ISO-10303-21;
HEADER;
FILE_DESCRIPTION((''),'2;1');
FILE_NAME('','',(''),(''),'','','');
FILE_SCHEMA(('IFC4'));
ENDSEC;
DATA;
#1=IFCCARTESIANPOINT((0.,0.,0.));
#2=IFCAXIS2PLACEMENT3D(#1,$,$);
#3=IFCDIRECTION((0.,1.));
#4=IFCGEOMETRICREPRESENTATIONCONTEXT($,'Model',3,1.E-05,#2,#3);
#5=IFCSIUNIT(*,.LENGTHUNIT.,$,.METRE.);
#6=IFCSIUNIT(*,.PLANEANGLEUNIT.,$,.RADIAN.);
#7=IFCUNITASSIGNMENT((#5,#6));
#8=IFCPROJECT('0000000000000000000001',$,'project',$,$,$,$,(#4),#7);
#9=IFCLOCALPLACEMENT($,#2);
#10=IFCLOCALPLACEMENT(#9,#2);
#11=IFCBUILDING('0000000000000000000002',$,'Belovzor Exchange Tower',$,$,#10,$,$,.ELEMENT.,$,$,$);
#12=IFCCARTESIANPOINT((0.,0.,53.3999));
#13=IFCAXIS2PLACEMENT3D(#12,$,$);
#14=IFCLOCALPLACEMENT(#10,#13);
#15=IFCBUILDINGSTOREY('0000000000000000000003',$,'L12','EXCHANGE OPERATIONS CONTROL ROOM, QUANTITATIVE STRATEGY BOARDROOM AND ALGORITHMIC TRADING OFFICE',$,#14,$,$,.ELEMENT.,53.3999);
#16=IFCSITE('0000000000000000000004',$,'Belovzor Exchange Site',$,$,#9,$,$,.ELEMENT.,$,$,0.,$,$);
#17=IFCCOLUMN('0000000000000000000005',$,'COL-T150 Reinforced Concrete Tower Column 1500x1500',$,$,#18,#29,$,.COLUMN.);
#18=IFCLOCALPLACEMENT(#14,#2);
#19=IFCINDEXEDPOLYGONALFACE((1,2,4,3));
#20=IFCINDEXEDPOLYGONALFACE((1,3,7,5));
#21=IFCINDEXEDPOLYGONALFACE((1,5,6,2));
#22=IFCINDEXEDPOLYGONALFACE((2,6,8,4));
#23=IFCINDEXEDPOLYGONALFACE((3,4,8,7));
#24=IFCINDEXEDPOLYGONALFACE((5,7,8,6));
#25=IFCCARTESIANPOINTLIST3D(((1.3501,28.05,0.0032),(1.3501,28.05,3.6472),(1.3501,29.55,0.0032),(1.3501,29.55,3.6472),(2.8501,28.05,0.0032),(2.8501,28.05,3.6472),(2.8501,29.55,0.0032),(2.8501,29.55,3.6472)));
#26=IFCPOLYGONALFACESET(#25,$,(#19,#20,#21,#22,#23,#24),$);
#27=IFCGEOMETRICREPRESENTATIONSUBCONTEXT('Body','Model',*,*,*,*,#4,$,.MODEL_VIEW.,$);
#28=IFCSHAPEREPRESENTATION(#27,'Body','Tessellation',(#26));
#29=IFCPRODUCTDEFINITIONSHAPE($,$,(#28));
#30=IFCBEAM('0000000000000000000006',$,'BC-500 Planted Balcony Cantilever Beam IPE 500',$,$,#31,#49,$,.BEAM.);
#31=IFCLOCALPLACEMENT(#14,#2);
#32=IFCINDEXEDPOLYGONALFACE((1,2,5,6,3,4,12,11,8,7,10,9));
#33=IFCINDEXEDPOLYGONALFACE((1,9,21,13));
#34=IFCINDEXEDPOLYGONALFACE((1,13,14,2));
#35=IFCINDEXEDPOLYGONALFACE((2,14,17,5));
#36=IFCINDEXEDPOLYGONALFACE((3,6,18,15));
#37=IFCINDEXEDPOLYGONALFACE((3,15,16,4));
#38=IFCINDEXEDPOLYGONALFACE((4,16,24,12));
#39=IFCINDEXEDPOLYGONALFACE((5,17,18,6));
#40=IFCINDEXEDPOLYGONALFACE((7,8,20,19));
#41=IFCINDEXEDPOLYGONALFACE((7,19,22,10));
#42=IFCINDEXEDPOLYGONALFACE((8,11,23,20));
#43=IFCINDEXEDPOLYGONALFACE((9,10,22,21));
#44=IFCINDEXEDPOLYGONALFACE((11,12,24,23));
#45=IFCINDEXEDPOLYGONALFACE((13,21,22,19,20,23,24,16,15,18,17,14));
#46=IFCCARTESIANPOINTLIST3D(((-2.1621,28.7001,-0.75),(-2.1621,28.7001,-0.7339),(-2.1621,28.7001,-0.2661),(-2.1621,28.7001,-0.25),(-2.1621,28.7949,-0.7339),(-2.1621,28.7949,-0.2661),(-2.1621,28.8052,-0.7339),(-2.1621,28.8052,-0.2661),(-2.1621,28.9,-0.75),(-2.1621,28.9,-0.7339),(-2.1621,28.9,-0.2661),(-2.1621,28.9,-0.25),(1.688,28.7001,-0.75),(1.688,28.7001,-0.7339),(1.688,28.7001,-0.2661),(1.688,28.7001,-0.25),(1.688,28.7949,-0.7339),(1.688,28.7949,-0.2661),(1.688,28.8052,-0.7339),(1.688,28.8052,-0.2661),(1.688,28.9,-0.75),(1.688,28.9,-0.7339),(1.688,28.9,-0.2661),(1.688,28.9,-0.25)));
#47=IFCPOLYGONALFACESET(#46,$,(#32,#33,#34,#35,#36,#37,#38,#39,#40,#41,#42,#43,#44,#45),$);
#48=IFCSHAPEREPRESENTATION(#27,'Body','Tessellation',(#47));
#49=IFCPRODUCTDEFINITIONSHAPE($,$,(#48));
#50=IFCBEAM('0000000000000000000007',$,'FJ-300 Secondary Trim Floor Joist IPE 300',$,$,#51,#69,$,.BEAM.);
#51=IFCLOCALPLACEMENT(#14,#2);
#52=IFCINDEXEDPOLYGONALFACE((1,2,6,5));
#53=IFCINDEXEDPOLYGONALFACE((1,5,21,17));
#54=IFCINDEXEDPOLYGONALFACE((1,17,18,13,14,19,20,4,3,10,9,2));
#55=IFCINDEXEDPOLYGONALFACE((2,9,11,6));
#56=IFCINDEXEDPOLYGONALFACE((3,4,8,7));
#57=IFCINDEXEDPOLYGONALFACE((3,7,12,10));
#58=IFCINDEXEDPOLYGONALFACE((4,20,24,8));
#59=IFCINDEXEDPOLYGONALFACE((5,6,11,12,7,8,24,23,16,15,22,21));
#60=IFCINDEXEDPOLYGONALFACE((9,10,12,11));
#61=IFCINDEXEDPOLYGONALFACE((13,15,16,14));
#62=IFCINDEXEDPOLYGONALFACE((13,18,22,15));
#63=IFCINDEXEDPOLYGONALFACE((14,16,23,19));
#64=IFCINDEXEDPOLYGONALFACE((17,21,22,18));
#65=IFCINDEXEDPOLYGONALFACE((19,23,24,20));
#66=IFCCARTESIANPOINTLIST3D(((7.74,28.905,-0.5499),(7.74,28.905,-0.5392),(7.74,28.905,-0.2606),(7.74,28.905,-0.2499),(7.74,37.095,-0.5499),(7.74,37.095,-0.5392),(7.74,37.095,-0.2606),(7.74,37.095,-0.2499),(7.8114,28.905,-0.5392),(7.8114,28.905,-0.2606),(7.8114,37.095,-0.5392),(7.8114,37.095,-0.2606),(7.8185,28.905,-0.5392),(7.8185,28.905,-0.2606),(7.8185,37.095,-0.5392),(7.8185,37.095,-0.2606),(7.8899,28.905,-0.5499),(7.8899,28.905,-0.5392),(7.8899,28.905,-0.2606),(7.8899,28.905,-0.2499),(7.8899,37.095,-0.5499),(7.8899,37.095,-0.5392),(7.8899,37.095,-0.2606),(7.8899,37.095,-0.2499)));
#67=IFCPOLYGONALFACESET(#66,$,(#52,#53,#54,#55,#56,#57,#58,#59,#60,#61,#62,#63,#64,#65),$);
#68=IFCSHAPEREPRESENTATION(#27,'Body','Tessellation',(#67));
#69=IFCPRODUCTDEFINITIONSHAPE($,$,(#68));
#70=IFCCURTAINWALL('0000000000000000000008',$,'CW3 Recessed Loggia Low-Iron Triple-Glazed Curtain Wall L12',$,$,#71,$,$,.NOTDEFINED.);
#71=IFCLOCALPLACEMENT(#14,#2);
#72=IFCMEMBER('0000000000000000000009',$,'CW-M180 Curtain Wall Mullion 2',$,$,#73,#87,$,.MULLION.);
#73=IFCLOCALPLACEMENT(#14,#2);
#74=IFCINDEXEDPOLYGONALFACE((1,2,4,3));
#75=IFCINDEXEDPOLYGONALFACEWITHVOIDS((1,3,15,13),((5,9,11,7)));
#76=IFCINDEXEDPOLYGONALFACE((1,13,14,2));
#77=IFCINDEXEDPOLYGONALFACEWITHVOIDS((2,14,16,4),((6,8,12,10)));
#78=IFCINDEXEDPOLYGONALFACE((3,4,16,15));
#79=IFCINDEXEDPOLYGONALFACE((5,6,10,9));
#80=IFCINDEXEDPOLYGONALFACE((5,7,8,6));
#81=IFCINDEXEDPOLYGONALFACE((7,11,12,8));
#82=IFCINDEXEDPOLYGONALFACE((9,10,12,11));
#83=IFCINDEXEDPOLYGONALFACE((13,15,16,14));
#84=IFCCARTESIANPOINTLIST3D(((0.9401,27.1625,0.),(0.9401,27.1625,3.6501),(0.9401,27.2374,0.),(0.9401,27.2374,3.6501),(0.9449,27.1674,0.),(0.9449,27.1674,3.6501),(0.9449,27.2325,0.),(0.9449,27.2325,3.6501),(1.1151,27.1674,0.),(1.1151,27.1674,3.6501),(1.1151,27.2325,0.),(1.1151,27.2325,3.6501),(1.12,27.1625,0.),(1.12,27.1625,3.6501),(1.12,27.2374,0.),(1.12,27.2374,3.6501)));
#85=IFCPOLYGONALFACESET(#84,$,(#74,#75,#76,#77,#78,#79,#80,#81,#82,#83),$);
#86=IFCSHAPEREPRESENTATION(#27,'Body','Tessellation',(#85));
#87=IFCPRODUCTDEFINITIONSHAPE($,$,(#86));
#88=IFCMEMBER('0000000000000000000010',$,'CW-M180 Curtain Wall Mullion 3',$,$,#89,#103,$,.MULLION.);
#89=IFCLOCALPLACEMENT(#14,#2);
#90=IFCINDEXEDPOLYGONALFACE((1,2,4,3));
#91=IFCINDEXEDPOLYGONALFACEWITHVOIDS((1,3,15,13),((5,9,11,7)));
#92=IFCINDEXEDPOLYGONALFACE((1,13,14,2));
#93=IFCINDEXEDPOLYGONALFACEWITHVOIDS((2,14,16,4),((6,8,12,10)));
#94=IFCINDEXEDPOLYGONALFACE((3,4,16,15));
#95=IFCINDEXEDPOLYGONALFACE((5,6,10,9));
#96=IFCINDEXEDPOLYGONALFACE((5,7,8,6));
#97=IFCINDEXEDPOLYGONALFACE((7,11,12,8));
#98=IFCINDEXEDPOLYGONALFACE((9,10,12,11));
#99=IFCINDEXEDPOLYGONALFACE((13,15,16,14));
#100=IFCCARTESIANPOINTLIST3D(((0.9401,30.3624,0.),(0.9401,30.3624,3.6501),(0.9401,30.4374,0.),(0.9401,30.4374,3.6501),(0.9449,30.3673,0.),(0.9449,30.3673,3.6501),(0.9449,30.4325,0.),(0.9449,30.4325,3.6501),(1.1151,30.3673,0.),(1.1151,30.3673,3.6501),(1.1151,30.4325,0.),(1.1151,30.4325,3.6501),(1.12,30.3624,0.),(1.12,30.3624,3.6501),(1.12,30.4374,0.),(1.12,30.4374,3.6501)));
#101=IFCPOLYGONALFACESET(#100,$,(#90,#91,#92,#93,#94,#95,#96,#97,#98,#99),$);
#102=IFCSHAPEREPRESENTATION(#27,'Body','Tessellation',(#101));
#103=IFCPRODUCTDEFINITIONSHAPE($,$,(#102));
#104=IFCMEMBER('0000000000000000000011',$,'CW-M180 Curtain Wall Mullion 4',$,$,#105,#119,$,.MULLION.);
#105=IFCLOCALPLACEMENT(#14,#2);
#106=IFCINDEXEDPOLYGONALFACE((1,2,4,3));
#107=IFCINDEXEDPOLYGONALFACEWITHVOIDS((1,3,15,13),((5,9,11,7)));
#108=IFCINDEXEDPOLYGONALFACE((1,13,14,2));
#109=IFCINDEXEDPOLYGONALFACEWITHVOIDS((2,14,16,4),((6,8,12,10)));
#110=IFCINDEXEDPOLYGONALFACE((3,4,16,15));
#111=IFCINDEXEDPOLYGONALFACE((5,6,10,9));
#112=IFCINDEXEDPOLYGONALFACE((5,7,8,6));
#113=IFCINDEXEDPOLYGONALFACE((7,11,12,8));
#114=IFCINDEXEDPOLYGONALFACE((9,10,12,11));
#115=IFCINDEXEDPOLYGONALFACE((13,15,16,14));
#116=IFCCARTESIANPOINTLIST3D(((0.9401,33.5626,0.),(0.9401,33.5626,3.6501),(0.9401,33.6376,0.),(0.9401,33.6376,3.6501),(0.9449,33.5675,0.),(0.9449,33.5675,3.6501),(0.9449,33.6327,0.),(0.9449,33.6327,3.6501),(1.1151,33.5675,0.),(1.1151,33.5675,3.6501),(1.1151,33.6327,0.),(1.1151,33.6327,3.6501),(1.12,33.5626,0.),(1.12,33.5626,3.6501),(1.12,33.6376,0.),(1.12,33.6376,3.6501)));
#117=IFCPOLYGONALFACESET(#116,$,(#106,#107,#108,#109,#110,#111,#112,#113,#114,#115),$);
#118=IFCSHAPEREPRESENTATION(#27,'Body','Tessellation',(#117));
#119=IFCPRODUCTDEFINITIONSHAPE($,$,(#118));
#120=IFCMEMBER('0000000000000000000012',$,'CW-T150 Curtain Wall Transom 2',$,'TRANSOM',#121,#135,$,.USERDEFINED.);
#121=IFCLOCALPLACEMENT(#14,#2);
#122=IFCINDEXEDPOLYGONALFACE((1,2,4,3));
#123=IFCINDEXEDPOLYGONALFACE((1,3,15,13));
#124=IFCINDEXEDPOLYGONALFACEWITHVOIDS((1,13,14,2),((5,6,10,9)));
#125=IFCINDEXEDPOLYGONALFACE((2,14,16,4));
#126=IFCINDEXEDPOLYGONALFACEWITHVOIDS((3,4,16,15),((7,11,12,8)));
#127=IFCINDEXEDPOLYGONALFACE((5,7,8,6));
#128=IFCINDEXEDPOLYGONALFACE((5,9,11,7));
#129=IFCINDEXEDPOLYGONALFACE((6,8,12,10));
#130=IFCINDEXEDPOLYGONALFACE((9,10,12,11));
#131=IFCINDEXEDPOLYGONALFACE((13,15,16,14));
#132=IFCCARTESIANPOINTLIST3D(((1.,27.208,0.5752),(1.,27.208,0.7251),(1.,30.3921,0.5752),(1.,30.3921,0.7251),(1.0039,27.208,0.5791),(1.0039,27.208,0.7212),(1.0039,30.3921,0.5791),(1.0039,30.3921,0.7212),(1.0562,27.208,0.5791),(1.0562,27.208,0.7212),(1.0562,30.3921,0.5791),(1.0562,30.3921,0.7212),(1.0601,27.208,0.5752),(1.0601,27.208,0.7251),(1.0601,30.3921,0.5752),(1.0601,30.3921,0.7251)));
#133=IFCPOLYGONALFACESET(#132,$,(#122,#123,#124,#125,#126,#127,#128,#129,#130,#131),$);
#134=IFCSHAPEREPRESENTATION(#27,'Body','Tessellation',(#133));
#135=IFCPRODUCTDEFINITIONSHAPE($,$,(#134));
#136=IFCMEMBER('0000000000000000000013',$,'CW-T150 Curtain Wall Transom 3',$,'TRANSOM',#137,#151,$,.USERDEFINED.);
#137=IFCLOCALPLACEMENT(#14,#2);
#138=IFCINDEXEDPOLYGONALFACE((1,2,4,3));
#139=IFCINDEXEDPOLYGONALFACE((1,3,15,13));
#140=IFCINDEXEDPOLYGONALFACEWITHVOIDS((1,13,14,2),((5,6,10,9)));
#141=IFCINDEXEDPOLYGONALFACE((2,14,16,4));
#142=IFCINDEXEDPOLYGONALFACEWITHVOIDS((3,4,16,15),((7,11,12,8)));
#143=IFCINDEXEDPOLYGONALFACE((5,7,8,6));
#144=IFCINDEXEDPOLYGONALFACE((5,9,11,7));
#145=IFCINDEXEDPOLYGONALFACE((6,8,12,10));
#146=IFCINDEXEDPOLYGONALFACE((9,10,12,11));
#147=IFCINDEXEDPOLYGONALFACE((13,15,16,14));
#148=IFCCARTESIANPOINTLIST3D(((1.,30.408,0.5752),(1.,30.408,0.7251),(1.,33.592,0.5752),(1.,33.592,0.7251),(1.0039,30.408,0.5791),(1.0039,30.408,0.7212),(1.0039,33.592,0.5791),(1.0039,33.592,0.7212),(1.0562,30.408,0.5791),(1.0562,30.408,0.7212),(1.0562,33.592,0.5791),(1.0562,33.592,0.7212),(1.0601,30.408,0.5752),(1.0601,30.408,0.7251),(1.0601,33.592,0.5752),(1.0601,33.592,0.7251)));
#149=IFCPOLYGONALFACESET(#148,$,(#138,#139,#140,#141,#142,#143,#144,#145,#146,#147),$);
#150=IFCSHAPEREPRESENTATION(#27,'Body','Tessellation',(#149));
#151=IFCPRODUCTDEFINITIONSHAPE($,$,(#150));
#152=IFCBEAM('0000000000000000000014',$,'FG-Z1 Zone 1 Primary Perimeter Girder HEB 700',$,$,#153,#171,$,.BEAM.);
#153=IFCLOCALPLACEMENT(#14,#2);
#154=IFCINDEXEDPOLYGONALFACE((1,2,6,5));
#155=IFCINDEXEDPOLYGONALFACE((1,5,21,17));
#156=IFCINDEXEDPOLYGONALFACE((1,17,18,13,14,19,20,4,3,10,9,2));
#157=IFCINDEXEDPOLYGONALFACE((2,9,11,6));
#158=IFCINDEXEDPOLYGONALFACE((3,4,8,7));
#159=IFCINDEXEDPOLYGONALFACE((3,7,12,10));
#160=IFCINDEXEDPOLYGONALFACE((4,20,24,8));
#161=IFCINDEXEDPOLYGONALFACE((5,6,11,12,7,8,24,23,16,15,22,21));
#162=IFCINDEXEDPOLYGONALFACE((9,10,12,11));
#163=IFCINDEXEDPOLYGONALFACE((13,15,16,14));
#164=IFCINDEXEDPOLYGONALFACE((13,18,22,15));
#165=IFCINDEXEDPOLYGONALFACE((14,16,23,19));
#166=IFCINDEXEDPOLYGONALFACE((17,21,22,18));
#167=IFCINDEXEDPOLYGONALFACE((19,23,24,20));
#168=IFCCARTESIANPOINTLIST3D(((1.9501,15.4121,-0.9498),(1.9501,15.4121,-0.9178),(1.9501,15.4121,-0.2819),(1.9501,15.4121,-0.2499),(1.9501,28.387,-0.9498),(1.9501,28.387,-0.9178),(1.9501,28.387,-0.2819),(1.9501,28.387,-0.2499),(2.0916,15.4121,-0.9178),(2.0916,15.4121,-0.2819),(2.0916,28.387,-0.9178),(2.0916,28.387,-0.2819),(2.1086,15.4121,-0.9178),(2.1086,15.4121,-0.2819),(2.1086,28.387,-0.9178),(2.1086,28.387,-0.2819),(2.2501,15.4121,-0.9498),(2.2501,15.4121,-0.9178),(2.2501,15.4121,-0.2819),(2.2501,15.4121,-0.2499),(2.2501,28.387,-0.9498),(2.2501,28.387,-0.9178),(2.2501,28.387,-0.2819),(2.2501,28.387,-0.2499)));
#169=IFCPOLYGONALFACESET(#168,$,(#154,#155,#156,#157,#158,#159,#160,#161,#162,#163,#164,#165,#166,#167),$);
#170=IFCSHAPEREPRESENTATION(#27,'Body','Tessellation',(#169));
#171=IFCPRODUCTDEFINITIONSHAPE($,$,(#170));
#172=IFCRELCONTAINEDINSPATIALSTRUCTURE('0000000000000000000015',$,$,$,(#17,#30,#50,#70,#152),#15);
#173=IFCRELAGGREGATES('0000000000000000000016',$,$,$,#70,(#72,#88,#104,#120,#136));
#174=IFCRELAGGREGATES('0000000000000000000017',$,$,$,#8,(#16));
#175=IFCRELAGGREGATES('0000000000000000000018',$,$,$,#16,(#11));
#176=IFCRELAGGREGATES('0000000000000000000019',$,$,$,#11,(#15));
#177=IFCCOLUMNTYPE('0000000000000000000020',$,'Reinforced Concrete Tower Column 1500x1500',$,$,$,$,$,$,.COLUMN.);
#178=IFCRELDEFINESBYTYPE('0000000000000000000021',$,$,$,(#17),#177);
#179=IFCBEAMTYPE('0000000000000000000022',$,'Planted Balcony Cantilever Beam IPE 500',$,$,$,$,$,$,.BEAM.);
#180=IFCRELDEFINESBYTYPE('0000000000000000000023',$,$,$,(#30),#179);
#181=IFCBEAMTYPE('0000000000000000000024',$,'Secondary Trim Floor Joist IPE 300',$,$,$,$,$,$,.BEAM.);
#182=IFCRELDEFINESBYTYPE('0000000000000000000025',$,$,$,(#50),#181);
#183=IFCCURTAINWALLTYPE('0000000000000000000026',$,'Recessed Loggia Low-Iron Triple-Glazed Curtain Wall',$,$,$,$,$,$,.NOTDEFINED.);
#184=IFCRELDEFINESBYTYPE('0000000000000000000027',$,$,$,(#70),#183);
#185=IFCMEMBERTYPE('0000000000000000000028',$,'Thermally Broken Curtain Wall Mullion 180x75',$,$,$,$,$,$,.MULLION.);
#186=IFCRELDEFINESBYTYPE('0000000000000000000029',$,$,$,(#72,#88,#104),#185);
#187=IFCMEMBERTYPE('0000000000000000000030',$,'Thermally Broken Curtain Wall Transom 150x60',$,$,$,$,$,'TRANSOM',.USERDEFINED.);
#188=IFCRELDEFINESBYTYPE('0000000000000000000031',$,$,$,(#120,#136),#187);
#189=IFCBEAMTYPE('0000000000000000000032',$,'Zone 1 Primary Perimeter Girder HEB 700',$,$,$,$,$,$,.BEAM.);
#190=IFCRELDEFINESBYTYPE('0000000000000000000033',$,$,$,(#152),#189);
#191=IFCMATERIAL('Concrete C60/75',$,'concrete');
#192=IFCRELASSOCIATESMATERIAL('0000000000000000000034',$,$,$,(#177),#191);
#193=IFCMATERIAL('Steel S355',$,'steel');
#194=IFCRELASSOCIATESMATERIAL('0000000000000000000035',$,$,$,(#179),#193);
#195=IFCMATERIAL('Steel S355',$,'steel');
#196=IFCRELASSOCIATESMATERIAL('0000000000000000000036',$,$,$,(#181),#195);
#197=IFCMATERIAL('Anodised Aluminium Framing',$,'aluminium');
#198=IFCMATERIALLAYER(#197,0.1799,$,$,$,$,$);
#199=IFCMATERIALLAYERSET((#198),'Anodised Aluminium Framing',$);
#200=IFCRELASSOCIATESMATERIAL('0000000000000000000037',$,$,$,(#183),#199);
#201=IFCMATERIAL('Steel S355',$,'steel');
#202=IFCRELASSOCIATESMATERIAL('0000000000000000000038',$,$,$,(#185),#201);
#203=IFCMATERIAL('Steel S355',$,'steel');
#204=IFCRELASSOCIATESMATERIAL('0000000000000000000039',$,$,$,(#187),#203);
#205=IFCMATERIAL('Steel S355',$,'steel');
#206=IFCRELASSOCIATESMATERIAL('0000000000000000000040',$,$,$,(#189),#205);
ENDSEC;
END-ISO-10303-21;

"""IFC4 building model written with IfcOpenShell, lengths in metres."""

from ifc_helpers import new_model, si_unit, direction, frame, origin, origin_2d, place, context, subcontext, project, spatial, rectangle, hollow_rectangle, i_section, extrude, material, layer, layer_set, material_profile, profile_set, type_object, element, aggregate, save


model = new_model("IFC4")

# Units and contexts
model_context = context("Model", 3, precision=1e-05, world=origin(), true_north=direction((0.0, 1.0)))
body_context = subcontext(model_context, "Body", "Model", "MODEL_VIEW")
ifc_project = project(units=[si_unit("LENGTHUNIT", "METRE"), si_unit("PLANEANGLEUNIT", "RADIAN")], contexts=[model_context])

# Site, building, storey
site_placement = place(None, origin())
site = spatial("IfcSite", under=ifc_project, at=site_placement, Name="Belovzor Exchange Site", CompositionType="ELEMENT", RefElevation=0.0)
building_placement = place(site_placement, origin())
building = spatial("IfcBuilding", under=site, at=building_placement, Name="Belovzor Exchange Tower", CompositionType="ELEMENT")
storey_placement = place(building_placement, frame((0.0, 0.0, 53.3999)))
storey = spatial("IfcBuildingStorey", under=building, at=storey_placement, Name="L12", Description="EXCHANGE OPERATIONS CONTROL ROOM, QUANTITATIVE STRATEGY BOARDROOM AND ALGORITHMIC TRADING OFFICE", CompositionType="ELEMENT", Elevation=53.3999)

# Column
ifc_material_1 = material(Name="Concrete C60/75", Category="concrete")
ifc_material_profile_1 = material_profile(ifc_material_1, rectangle(XDim=1.5, YDim=1.5, at=origin_2d()))
ifc_profile_set_1 = profile_set([ifc_material_profile_1], Name="Concrete C60/75")
column_type = type_object("IfcColumnType", Name="Reinforced Concrete Tower Column 1500x1500", PredefinedType="COLUMN", material=ifc_profile_set_1)
column_placement = place(storey_placement, frame((2.1001, 28.8, 0.0032), z_axis=(0.0, 0.0, 1.0), x_axis=(1.0, 0.0, 0.0)))
element("IfcColumn", 1, at=column_placement, inside=storey, type_object=column_type, Name="COL-T150 Reinforced Concrete Tower Column 1500x1500", PredefinedType="COLUMN", context=body_context, shape_type="SweptSolid", body=[
    extrude(rectangle(XDim=1.5, YDim=1.5, at=origin_2d()), origin(), (0.0, 0.0, 1.0), 3.644),
])

# Beams
ifc_material_2 = material(Name="Steel S355", Category="steel")
ifc_material_profile_2 = material_profile(ifc_material_2, i_section(OverallWidth=0.2, OverallDepth=0.5, WebThickness=0.0103, FlangeThickness=0.0161, at=origin_2d()))
ifc_profile_set_2 = profile_set([ifc_material_profile_2], Name="Steel S355")
beam_type_1 = type_object("IfcBeamType", Name="Planted Balcony Cantilever Beam IPE 500", PredefinedType="BEAM", material=ifc_profile_set_2)
beam_1_placement = place(storey_placement, frame((1.688, 28.8, -0.5), z_axis=(-1.0, 0.0, 0.0), x_axis=(0.0, -1.0, 0.0)))
element("IfcBeam", 2, at=beam_1_placement, inside=storey, type_object=beam_type_1, Name="BC-500 Planted Balcony Cantilever Beam IPE 500", PredefinedType="BEAM", context=body_context, shape_type="SweptSolid", body=[
    extrude(i_section(OverallWidth=0.2, OverallDepth=0.5, WebThickness=0.0103, FlangeThickness=0.0161, at=origin_2d()), origin(), (0.0, 0.0, 1.0), 3.8501),
])
ifc_material_3 = material(Name="Steel S355", Category="steel")
ifc_material_profile_3 = material_profile(ifc_material_3, i_section(OverallWidth=0.1499, OverallDepth=0.3, WebThickness=0.0071, FlangeThickness=0.0107, at=origin_2d()))
ifc_profile_set_3 = profile_set([ifc_material_profile_3], Name="Steel S355")
beam_type_2 = type_object("IfcBeamType", Name="Secondary Trim Floor Joist IPE 300", PredefinedType="BEAM", material=ifc_profile_set_3)
beam_2_placement = place(storey_placement, frame((7.8149, 28.905, -0.3999), z_axis=(0.0, 1.0, 0.0), x_axis=(-1.0, 0.0, 0.0)))
element("IfcBeam", 3, at=beam_2_placement, inside=storey, type_object=beam_type_2, Name="FJ-300 Secondary Trim Floor Joist IPE 300", PredefinedType="BEAM", context=body_context, shape_type="SweptSolid", body=[
    extrude(i_section(OverallWidth=0.1499, OverallDepth=0.3, WebThickness=0.0071, FlangeThickness=0.0107, at=origin_2d()), origin(), (0.0, 0.0, 1.0), 8.1899),
])

# Curtain wall, members
ifc_material_4 = material(Name="Anodised Aluminium Framing", Category="aluminium")
ifc_layer_1 = layer(ifc_material_4, 0.1799)
ifc_layer_set_1 = layer_set([ifc_layer_1], Name="Anodised Aluminium Framing")
curtain_wall_type = type_object("IfcCurtainWallType", Name="Recessed Loggia Low-Iron Triple-Glazed Curtain Wall", PredefinedType="NOTDEFINED", material=ifc_layer_set_1)
curtain_wall_placement = place(storey_placement, origin())
curtain_wall = element("IfcCurtainWall", 4, at=curtain_wall_placement, inside=storey, type_object=curtain_wall_type, Name="CW3 Recessed Loggia Low-Iron Triple-Glazed Curtain Wall L12", PredefinedType="NOTDEFINED")
ifc_material_5 = material(Name="Steel S355", Category="steel")
ifc_material_profile_4 = material_profile(ifc_material_5, hollow_rectangle(XDim=0.075, YDim=0.1799, WallThickness=0.0049, at=origin_2d()))
ifc_profile_set_4 = profile_set([ifc_material_profile_4], Name="Steel S355")
member_type_1 = type_object("IfcMemberType", Name="Thermally Broken Curtain Wall Mullion 180x75", PredefinedType="MULLION", material=ifc_profile_set_4)
member_1_placement = place(storey_placement, frame((1.03, 27.2, 0.0), z_axis=(0.0, 0.0, 1.0), x_axis=(0.0, 1.0, 0.0)))
member_1 = element("IfcMember", 5, at=member_1_placement, type_object=member_type_1, Name="CW-M180 Curtain Wall Mullion 2", PredefinedType="MULLION", context=body_context, shape_type="SweptSolid", body=[
    extrude(hollow_rectangle(XDim=0.075, YDim=0.1799, WallThickness=0.0049, at=origin_2d()), origin(), (0.0, 0.0, 1.0), 3.6501),
])
member_2_placement = place(storey_placement, frame((1.03, 30.3999, 0.0), z_axis=(0.0, 0.0, 1.0), x_axis=(0.0, 1.0, 0.0)))
member_2 = element("IfcMember", 6, at=member_2_placement, type_object=member_type_1, Name="CW-M180 Curtain Wall Mullion 3", PredefinedType="MULLION", context=body_context, shape_type="SweptSolid", body=[
    extrude(hollow_rectangle(XDim=0.075, YDim=0.1799, WallThickness=0.0049, at=origin_2d()), origin(), (0.0, 0.0, 1.0), 3.6501),
])
member_3_placement = place(storey_placement, frame((1.03, 33.6001, 0.0), z_axis=(0.0, 0.0, 1.0), x_axis=(0.0, 1.0, 0.0)))
member_3 = element("IfcMember", 7, at=member_3_placement, type_object=member_type_1, Name="CW-M180 Curtain Wall Mullion 4", PredefinedType="MULLION", context=body_context, shape_type="SweptSolid", body=[
    extrude(hollow_rectangle(XDim=0.075, YDim=0.1799, WallThickness=0.0049, at=origin_2d()), origin(), (0.0, 0.0, 1.0), 3.6501),
])
ifc_material_6 = material(Name="Steel S355", Category="steel")
ifc_material_profile_5 = material_profile(ifc_material_6, hollow_rectangle(XDim=0.0601, YDim=0.1499, WallThickness=0.0039, at=origin_2d()))
ifc_profile_set_5 = profile_set([ifc_material_profile_5], Name="Steel S355")
member_type_2 = type_object("IfcMemberType", Name="Thermally Broken Curtain Wall Transom 150x60", ElementType="TRANSOM", PredefinedType="USERDEFINED", material=ifc_profile_set_5)
member_4_placement = place(storey_placement, frame((1.03, 27.208, 0.6501), z_axis=(0.0, 1.0, 0.0), x_axis=(-1.0, 0.0, 0.0)))
member_4 = element("IfcMember", 8, at=member_4_placement, type_object=member_type_2, Name="CW-T150 Curtain Wall Transom 2", ObjectType="TRANSOM", PredefinedType="USERDEFINED", context=body_context, shape_type="SweptSolid", body=[
    extrude(hollow_rectangle(XDim=0.0601, YDim=0.1499, WallThickness=0.0039, at=origin_2d()), origin(), (0.0, 0.0, 1.0), 3.1841),
])
member_5_placement = place(storey_placement, frame((1.03, 30.408, 0.6501), z_axis=(0.0, 1.0, 0.0), x_axis=(-1.0, 0.0, 0.0)))
member_5 = element("IfcMember", 9, at=member_5_placement, type_object=member_type_2, Name="CW-T150 Curtain Wall Transom 3", ObjectType="TRANSOM", PredefinedType="USERDEFINED", context=body_context, shape_type="SweptSolid", body=[
    extrude(hollow_rectangle(XDim=0.0601, YDim=0.1499, WallThickness=0.0039, at=origin_2d()), origin(), (0.0, 0.0, 1.0), 3.1841),
])

# Beam
ifc_material_7 = material(Name="Steel S355", Category="steel")
ifc_material_profile_6 = material_profile(ifc_material_7, i_section(OverallWidth=0.3, OverallDepth=0.7, WebThickness=0.0171, FlangeThickness=0.032, at=origin_2d()))
ifc_profile_set_6 = profile_set([ifc_material_profile_6], Name="Steel S355")
beam_type_3 = type_object("IfcBeamType", Name="Zone 1 Primary Perimeter Girder HEB 700", PredefinedType="BEAM", material=ifc_profile_set_6)
beam_3_placement = place(storey_placement, frame((2.1001, 28.387, -0.5999), z_axis=(0.0, -1.0, 0.0), x_axis=(1.0, 0.0, 0.0)))
element("IfcBeam", 10, at=beam_3_placement, inside=storey, type_object=beam_type_3, Name="FG-Z1 Zone 1 Primary Perimeter Girder HEB 700", PredefinedType="BEAM", context=body_context, shape_type="SweptSolid", body=[
    extrude(i_section(OverallWidth=0.3, OverallDepth=0.7, WebThickness=0.0171, FlangeThickness=0.032, at=origin_2d()), origin(), (0.0, 0.0, 1.0), 12.9749),
])

aggregate(curtain_wall, [member_1, member_2, member_3, member_4, member_5])

save(model, "model.ifc")
